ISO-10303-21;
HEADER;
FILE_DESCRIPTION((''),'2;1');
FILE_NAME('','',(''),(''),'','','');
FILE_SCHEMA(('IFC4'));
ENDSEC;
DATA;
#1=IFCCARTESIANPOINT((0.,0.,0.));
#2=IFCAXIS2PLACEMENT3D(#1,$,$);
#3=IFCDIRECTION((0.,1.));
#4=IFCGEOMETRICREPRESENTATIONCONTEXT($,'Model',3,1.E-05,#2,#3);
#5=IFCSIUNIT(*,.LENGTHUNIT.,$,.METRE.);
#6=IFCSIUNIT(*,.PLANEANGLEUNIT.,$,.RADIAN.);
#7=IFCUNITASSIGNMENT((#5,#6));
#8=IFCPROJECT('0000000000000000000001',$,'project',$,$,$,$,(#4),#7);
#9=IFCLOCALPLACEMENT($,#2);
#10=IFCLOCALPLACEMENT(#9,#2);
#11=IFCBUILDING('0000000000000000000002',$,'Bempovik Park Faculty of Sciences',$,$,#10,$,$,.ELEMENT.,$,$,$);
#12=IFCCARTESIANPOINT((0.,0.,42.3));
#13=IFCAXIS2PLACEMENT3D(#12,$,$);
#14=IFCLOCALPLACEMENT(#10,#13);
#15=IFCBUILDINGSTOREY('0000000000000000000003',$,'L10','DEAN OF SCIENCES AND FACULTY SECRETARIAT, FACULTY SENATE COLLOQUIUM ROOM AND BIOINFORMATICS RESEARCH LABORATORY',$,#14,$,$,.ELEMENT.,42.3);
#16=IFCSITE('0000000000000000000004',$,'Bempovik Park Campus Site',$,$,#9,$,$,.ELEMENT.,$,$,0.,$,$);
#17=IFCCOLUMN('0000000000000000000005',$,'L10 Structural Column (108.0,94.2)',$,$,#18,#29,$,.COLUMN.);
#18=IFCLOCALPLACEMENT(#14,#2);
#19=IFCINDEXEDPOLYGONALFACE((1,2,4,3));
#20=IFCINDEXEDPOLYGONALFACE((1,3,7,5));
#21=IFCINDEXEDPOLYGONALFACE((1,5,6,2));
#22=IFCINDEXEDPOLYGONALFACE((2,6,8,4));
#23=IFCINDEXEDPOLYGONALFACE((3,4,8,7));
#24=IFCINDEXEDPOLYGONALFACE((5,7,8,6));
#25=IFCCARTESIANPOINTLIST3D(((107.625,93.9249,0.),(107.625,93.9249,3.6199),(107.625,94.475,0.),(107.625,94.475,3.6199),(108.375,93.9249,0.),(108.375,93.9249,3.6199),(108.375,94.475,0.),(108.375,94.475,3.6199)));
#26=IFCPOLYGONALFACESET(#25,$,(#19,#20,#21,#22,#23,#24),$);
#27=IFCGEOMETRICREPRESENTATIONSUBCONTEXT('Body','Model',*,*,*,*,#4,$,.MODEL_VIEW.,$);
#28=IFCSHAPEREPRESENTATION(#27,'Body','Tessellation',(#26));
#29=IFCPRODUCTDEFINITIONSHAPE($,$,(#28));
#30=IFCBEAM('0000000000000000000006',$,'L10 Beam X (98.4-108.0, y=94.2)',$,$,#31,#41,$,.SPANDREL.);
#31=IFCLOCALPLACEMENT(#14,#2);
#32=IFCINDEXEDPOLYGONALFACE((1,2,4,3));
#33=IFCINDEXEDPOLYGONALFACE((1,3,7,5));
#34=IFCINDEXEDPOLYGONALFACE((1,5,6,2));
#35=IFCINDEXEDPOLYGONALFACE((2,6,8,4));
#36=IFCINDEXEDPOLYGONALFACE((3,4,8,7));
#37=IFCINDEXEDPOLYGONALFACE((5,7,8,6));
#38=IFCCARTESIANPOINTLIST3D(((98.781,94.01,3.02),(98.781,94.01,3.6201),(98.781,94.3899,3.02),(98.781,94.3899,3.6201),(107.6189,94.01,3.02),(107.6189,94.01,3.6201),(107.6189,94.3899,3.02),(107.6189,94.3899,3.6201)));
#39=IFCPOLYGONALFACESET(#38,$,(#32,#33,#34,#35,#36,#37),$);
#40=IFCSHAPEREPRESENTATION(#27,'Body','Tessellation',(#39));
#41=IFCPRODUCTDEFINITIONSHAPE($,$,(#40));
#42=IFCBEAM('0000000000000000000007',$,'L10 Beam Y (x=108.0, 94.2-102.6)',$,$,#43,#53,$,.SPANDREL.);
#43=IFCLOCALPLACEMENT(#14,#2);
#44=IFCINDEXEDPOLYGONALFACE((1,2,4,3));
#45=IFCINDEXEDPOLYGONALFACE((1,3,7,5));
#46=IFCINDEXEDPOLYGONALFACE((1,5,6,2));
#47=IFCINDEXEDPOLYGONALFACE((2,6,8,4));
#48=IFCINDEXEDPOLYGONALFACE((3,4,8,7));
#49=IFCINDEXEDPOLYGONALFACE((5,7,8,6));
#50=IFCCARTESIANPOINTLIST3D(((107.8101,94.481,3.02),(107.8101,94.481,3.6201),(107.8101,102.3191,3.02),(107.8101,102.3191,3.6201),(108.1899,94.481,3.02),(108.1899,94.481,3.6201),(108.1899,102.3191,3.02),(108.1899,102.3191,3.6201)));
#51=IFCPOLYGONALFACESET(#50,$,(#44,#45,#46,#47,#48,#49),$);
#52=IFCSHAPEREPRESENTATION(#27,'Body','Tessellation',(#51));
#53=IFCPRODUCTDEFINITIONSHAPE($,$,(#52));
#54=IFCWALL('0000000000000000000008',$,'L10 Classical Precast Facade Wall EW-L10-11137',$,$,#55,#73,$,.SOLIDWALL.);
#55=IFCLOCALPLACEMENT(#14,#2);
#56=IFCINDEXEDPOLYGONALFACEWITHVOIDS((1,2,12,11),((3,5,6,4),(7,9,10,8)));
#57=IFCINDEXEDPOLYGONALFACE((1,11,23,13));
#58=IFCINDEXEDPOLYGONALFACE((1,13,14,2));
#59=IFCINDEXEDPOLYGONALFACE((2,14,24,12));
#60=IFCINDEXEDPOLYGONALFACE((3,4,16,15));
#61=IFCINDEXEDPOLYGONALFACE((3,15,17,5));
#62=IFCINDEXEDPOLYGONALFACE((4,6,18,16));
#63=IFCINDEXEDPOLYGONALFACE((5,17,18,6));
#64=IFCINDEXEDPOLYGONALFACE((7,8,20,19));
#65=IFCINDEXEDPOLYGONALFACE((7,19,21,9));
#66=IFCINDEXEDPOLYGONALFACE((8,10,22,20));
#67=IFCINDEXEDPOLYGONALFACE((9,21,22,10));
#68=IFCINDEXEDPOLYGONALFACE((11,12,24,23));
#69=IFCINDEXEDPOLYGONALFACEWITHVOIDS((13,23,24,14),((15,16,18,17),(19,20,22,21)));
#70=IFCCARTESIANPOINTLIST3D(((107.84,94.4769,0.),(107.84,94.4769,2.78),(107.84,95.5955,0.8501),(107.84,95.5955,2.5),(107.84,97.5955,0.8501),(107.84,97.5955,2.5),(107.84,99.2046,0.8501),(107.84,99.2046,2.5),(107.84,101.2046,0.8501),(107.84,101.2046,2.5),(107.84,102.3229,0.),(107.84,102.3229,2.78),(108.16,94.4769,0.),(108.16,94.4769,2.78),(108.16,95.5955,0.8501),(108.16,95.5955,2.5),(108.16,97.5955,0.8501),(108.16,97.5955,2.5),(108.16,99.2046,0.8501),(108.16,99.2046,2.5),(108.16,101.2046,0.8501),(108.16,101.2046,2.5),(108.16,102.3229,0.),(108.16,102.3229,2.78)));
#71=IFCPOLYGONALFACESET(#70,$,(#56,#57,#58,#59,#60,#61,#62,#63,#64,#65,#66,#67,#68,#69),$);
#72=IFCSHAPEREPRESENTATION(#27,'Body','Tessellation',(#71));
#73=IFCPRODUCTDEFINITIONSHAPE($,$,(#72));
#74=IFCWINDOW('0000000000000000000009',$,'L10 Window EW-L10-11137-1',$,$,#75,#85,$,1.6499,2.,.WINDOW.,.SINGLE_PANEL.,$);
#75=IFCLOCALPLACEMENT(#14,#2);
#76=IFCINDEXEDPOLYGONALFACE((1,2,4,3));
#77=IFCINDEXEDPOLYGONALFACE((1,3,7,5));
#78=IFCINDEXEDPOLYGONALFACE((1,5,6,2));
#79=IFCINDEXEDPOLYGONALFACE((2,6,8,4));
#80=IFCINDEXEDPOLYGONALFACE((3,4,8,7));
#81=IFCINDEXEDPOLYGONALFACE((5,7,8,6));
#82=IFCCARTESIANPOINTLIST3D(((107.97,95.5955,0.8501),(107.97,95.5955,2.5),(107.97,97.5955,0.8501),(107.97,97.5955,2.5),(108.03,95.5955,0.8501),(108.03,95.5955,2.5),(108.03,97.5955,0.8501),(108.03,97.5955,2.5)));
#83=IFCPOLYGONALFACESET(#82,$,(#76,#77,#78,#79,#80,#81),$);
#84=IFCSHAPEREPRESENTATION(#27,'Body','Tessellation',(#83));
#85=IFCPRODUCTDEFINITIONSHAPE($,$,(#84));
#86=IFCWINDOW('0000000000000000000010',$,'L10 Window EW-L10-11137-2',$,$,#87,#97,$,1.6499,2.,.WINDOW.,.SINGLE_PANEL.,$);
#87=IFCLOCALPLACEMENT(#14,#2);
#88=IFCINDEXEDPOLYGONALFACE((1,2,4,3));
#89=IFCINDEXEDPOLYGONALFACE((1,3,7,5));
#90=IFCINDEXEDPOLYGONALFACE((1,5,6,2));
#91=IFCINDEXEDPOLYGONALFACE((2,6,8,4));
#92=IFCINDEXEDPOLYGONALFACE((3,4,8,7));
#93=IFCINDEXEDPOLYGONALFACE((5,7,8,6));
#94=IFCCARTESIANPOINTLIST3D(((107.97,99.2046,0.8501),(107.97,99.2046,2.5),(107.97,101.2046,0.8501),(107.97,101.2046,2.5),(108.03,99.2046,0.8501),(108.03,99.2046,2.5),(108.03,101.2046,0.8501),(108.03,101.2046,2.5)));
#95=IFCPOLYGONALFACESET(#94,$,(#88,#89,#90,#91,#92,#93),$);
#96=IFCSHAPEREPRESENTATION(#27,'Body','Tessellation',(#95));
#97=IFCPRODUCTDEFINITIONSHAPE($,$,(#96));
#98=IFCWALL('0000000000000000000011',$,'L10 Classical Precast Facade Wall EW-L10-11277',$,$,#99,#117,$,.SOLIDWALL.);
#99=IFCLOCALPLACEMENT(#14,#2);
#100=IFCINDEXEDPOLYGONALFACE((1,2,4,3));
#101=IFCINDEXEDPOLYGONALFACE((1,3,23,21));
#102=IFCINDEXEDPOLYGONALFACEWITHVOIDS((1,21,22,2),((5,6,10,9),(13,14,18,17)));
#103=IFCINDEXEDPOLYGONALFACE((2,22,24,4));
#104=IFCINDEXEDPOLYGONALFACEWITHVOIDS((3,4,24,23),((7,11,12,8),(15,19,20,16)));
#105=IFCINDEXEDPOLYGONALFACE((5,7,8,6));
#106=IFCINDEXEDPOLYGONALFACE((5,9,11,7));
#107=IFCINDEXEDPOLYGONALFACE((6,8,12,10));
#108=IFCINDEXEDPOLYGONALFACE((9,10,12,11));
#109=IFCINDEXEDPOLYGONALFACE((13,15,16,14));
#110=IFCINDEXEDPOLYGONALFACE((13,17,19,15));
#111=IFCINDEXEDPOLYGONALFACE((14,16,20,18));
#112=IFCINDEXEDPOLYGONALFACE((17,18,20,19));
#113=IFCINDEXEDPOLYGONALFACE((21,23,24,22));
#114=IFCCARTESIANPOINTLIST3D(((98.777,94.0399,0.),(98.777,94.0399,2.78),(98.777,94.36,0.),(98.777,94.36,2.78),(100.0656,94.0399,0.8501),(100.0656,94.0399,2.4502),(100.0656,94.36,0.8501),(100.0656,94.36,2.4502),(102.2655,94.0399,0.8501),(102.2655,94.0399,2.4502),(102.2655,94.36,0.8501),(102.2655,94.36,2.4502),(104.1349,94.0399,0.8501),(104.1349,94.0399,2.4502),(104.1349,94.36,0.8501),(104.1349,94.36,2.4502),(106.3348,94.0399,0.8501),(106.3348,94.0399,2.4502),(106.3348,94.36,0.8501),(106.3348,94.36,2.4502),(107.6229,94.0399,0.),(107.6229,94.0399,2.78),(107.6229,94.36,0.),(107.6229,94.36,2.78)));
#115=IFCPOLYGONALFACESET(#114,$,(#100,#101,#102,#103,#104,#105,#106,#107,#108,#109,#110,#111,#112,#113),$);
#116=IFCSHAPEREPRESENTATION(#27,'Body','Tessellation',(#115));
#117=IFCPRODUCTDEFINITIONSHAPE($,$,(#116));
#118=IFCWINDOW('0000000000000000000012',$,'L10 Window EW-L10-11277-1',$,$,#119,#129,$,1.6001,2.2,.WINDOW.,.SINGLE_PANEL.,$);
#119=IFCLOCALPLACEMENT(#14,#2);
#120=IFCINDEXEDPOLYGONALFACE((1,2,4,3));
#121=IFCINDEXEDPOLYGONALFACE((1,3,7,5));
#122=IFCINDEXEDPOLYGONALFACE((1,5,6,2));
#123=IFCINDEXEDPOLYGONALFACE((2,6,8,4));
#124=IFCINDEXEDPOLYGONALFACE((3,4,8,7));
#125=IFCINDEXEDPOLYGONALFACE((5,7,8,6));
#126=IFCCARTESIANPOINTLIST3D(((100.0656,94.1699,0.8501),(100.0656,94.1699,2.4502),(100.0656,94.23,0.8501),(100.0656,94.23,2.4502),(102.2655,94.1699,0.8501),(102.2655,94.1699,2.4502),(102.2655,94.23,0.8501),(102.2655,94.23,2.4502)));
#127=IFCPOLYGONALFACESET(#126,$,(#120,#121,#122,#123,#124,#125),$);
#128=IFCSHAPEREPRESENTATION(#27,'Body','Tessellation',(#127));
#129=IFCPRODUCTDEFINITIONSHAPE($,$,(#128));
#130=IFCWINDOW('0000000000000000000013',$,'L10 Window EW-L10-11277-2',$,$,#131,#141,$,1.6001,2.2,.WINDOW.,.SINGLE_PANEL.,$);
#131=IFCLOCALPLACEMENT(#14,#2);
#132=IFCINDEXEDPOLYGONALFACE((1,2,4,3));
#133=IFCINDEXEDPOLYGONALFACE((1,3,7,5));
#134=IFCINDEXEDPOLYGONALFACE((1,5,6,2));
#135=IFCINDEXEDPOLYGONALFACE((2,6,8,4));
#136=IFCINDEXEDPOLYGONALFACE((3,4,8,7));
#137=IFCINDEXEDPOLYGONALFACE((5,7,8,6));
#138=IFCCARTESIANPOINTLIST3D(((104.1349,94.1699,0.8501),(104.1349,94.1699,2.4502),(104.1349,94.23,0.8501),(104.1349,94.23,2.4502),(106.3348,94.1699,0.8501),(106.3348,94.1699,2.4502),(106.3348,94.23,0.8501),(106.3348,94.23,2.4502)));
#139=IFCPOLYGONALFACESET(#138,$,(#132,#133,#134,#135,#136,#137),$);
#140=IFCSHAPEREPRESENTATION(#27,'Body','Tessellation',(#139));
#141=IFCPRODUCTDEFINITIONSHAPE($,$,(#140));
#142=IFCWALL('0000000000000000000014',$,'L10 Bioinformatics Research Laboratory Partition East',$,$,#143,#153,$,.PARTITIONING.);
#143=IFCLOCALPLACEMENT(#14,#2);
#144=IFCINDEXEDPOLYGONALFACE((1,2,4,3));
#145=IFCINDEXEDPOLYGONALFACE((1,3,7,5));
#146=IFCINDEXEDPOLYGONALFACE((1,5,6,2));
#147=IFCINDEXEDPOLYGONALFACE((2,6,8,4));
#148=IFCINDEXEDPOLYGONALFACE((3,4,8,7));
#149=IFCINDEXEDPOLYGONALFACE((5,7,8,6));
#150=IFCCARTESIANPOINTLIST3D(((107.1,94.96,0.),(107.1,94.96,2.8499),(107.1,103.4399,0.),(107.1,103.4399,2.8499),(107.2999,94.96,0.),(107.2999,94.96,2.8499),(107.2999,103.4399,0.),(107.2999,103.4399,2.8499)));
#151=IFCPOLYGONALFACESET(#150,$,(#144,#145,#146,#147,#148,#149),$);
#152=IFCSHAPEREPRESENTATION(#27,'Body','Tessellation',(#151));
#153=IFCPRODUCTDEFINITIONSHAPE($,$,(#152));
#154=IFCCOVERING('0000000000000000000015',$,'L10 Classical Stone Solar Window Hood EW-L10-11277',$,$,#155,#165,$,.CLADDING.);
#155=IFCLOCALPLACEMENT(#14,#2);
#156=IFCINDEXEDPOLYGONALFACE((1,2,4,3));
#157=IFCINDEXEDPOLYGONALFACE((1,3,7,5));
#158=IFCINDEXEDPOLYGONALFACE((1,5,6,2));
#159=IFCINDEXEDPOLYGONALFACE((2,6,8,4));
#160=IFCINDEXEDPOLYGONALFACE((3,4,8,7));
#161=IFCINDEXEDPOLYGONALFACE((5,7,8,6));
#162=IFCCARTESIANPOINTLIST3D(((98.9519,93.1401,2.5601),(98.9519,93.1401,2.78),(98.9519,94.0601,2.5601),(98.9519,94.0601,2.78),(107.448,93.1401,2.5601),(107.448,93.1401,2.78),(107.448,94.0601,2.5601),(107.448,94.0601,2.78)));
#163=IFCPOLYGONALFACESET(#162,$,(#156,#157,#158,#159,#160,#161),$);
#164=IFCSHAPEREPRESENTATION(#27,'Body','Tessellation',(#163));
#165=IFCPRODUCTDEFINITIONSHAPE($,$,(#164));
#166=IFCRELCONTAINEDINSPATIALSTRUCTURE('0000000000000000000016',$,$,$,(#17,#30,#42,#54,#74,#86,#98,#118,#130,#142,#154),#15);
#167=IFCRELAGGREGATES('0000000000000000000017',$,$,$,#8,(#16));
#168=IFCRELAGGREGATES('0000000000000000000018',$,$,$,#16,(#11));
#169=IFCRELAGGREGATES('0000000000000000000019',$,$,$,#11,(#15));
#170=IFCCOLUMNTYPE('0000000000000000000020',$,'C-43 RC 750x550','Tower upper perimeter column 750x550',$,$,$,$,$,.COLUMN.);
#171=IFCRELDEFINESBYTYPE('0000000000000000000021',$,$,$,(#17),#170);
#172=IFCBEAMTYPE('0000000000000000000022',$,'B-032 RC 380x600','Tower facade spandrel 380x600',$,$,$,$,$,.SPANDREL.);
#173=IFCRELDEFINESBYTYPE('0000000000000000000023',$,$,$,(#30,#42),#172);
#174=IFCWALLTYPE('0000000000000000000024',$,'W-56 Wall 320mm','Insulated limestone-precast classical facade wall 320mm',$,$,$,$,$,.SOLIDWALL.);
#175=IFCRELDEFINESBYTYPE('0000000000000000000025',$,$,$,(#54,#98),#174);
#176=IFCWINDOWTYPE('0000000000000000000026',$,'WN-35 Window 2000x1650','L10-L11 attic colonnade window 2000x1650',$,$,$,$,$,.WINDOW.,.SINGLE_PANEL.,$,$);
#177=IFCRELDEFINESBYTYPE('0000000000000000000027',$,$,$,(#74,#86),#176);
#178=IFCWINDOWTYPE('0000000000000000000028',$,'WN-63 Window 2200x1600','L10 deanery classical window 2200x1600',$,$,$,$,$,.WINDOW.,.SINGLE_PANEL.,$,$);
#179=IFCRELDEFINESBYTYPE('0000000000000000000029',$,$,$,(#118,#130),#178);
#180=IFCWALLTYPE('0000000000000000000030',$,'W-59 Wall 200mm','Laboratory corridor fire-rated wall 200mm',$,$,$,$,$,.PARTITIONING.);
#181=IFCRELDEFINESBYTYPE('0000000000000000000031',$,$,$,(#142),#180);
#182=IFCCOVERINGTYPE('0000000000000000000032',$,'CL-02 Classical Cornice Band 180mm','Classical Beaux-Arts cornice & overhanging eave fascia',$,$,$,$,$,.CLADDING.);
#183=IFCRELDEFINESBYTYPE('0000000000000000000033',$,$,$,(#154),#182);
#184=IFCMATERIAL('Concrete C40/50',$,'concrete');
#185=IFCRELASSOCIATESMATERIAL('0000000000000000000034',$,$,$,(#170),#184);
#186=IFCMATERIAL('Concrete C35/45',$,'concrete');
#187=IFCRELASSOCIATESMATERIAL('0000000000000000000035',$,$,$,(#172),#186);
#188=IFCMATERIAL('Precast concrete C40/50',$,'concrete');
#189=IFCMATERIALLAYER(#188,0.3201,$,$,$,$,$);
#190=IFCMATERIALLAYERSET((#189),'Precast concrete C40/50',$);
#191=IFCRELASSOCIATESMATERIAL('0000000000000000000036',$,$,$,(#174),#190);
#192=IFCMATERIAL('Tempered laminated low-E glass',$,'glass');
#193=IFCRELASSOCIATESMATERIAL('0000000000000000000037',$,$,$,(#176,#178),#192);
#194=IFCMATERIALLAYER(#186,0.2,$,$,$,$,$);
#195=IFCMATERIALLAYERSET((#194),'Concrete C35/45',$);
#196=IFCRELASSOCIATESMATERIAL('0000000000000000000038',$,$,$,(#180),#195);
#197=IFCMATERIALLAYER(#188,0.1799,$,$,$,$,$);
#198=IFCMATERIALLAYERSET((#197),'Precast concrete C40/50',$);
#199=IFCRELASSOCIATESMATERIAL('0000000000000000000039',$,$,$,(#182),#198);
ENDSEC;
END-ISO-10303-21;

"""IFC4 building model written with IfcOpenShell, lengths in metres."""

from ifc_helpers import new_model, si_unit, direction, frame, frame_2d, origin, origin_2d, place, context, subcontext, project, spatial, rectangle, extrude, material, layer, layer_set, material_profile, profile_set, type_object, element, fill, save


model = new_model("IFC4")

# Units and contexts
model_context = context("Model", 3, precision=1e-05, world=origin(), true_north=direction((0.0, 1.0)))
body_context = subcontext(model_context, "Body", "Model", "MODEL_VIEW")
ifc_project = project(units=[si_unit("LENGTHUNIT", "METRE"), si_unit("PLANEANGLEUNIT", "RADIAN")], contexts=[model_context])

# Site, building, storey
site_placement = place(None, origin())
site = spatial("IfcSite", under=ifc_project, at=site_placement, Name="Bempovik Park Campus Site", CompositionType="ELEMENT", RefElevation=0.0)
building_placement = place(site_placement, origin())
building = spatial("IfcBuilding", under=site, at=building_placement, Name="Bempovik Park Faculty of Sciences", CompositionType="ELEMENT")
storey_placement = place(building_placement, frame((0.0, 0.0, 42.3)))
storey = spatial("IfcBuildingStorey", under=building, at=storey_placement, Name="L10", Description="DEAN OF SCIENCES AND FACULTY SECRETARIAT, FACULTY SENATE COLLOQUIUM ROOM AND BIOINFORMATICS RESEARCH LABORATORY", CompositionType="ELEMENT", Elevation=42.3)

# Column
ifc_material_1 = material(Name="Concrete C40/50", Category="concrete")
ifc_material_profile_1 = material_profile(ifc_material_1, rectangle(XDim=0.75, YDim=0.55, at=origin_2d()), Name="RC 750x550")
ifc_profile_set_1 = profile_set([ifc_material_profile_1], Name="Concrete C40/50")
column_type = type_object("IfcColumnType", Name="C-43 RC 750x550", Description="Tower upper perimeter column 750x550", PredefinedType="COLUMN", material=ifc_profile_set_1)
column_placement = place(storey_placement, frame((108.0, 94.2, 0.0), z_axis=(0.0, 0.0, 1.0), x_axis=(1.0, 0.0, 0.0)))
element("IfcColumn", 1, at=column_placement, inside=storey, type_object=column_type, Name="L10 Structural Column (108.0,94.2)", PredefinedType="COLUMN", context=body_context, shape_type="SweptSolid", body=[
    extrude(rectangle(XDim=0.75, YDim=0.55, at=origin_2d()), origin(), (0.0, 0.0, 1.0), 3.6199),
])

# Beams
ifc_material_2 = material(Name="Concrete C35/45", Category="concrete")
ifc_material_profile_2 = material_profile(ifc_material_2, rectangle(XDim=0.3799, YDim=0.6001, at=origin_2d()), Name="RC 380x600")
ifc_profile_set_2 = profile_set([ifc_material_profile_2], Name="Concrete C35/45")
beam_type = type_object("IfcBeamType", Name="B-032 RC 380x600", Description="Tower facade spandrel 380x600", PredefinedType="SPANDREL", material=ifc_profile_set_2)
beam_1_placement = place(storey_placement, frame((98.781, 94.2, 3.3201), z_axis=(1.0, 0.0, 0.0), x_axis=(0.0, 1.0, 0.0)))
element("IfcBeam", 2, at=beam_1_placement, inside=storey, type_object=beam_type, Name="L10 Beam X (98.4-108.0, y=94.2)", PredefinedType="SPANDREL", context=body_context, shape_type="SweptSolid", body=[
    extrude(rectangle(XDim=0.3799, YDim=0.6001, at=origin_2d()), origin(), (0.0, 0.0, 1.0), 8.8379),
])
beam_2_placement = place(storey_placement, frame((108.0, 94.481, 3.3201), z_axis=(0.0, 1.0, 0.0), x_axis=(-1.0, 0.0, 0.0)))
element("IfcBeam", 3, at=beam_2_placement, inside=storey, type_object=beam_type, Name="L10 Beam Y (x=108.0, 94.2-102.6)", PredefinedType="SPANDREL", context=body_context, shape_type="SweptSolid", body=[
    extrude(rectangle(XDim=0.3799, YDim=0.6001, at=origin_2d()), origin(), (0.0, 0.0, 1.0), 7.8381),
])

# Walls, openings, windows
ifc_material_3 = material(Name="Precast concrete C40/50", Category="concrete")
ifc_layer_1 = layer(ifc_material_3, 0.3201)
ifc_layer_set_1 = layer_set([ifc_layer_1], Name="Precast concrete C40/50")
wall_type_1 = type_object("IfcWallType", Name="W-56 Wall 320mm", Description="Insulated limestone-precast classical facade wall 320mm", PredefinedType="SOLIDWALL", material=ifc_layer_set_1)
wall_1_placement = place(storey_placement, frame((108.0, 94.4771, 0.0), z_axis=(0.0, 0.0, 1.0), x_axis=(0.0, 1.0, 0.0)))
wall_1 = element("IfcWall", 4, at=wall_1_placement, inside=storey, type_object=wall_type_1, Name="L10 Classical Precast Facade Wall EW-L10-11137", PredefinedType="SOLIDWALL", context=body_context, shape_type="SweptSolid", body=[
    extrude(rectangle(XDim=7.8459, YDim=0.3201, at=frame_2d((3.9229, 0.0))), origin(), (0.0, 0.0, 1.0), 2.78),
])
opening_1_placement = place(wall_1_placement, frame((1.1184, 0.0, 0.8501)))
opening_1 = element("IfcOpeningElement", 5, at=opening_1_placement, cuts=wall_1, PredefinedType="OPENING", context=body_context, shape_type="SweptSolid", body=[
    extrude(rectangle(XDim=2.0, YDim=1.6499, at=frame_2d((1.0, 0.825))), frame((0.0, 0.1699, 0.0), z_axis=(0.0, -1.0, 0.0), x_axis=(1.0, 0.0, 0.0)), (0.0, 0.0, 1.0), 0.3401),
])
opening_2_placement = place(wall_1_placement, frame((4.7275, 0.0, 0.8501)))
opening_2 = element("IfcOpeningElement", 6, at=opening_2_placement, cuts=wall_1, PredefinedType="OPENING", context=body_context, shape_type="SweptSolid", body=[
    extrude(rectangle(XDim=2.0, YDim=1.6499, at=frame_2d((1.0, 0.825))), frame((0.0, 0.1699, 0.0), z_axis=(0.0, -1.0, 0.0), x_axis=(1.0, 0.0, 0.0)), (0.0, 0.0, 1.0), 0.3401),
])
ifc_material_4 = material(Name="Tempered laminated low-E glass", Category="glass")
window_type_1 = type_object("IfcWindowType", Name="WN-35 Window 2000x1650", Description="L10-L11 attic colonnade window 2000x1650", PartitioningType="SINGLE_PANEL", PredefinedType="WINDOW", material=ifc_material_4)
window_1_placement = place(opening_1_placement, origin())
window_1 = element("IfcWindow", 7, at=window_1_placement, inside=storey, type_object=window_type_1, Name="L10 Window EW-L10-11137-1", OverallHeight=1.6499, OverallWidth=2.0, PartitioningType="SINGLE_PANEL", PredefinedType="WINDOW", context=body_context, shape_type="SweptSolid", body=[
    extrude(rectangle(XDim=2.0, YDim=1.6499, at=frame_2d((1.0, 0.825))), frame((0.0, 0.03, 0.0), z_axis=(0.0, -1.0, 0.0), x_axis=(1.0, 0.0, 0.0)), (0.0, 0.0, 1.0), 0.0601),
])
fill(opening_1, window_1)
window_2_placement = place(opening_2_placement, origin())
window_2 = element("IfcWindow", 8, at=window_2_placement, inside=storey, type_object=window_type_1, Name="L10 Window EW-L10-11137-2", OverallHeight=1.6499, OverallWidth=2.0, PartitioningType="SINGLE_PANEL", PredefinedType="WINDOW", context=body_context, shape_type="SweptSolid", body=[
    extrude(rectangle(XDim=2.0, YDim=1.6499, at=frame_2d((1.0, 0.825))), frame((0.0, 0.03, 0.0), z_axis=(0.0, -1.0, 0.0), x_axis=(1.0, 0.0, 0.0)), (0.0, 0.0, 1.0), 0.0601),
])
fill(opening_2, window_2)
wall_2_placement = place(storey_placement, frame((98.7771, 94.2, 0.0), z_axis=(0.0, 0.0, 1.0), x_axis=(1.0, 0.0, 0.0)))
wall_2 = element("IfcWall", 9, at=wall_2_placement, inside=storey, type_object=wall_type_1, Name="L10 Classical Precast Facade Wall EW-L10-11277", PredefinedType="SOLIDWALL", context=body_context, shape_type="SweptSolid", body=[
    extrude(rectangle(XDim=8.8459, YDim=0.3201, at=frame_2d((4.4229, 0.0))), origin(), (0.0, 0.0, 1.0), 2.78),
])
opening_3_placement = place(wall_2_placement, frame((1.2883, 0.0, 0.8501)))
opening_3 = element("IfcOpeningElement", 10, at=opening_3_placement, cuts=wall_2, PredefinedType="OPENING", context=body_context, shape_type="SweptSolid", body=[
    extrude(rectangle(XDim=2.2, YDim=1.6001, at=frame_2d((1.1001, 0.8))), frame((0.0, 0.1699, 0.0), z_axis=(0.0, -1.0, 0.0), x_axis=(1.0, 0.0, 0.0)), (0.0, 0.0, 1.0), 0.3401),
])
opening_4_placement = place(wall_2_placement, frame((5.3577, 0.0, 0.8501)))
opening_4 = element("IfcOpeningElement", 11, at=opening_4_placement, cuts=wall_2, PredefinedType="OPENING", context=body_context, shape_type="SweptSolid", body=[
    extrude(rectangle(XDim=2.2, YDim=1.6001, at=frame_2d((1.1001, 0.8))), frame((0.0, 0.1699, 0.0), z_axis=(0.0, -1.0, 0.0), x_axis=(1.0, 0.0, 0.0)), (0.0, 0.0, 1.0), 0.3401),
])
window_type_2 = type_object("IfcWindowType", Name="WN-63 Window 2200x1600", Description="L10 deanery classical window 2200x1600", PartitioningType="SINGLE_PANEL", PredefinedType="WINDOW", material=ifc_material_4)
window_3_placement = place(opening_3_placement, origin())
window_3 = element("IfcWindow", 12, at=window_3_placement, inside=storey, type_object=window_type_2, Name="L10 Window EW-L10-11277-1", OverallHeight=1.6001, OverallWidth=2.2, PartitioningType="SINGLE_PANEL", PredefinedType="WINDOW", context=body_context, shape_type="SweptSolid", body=[
    extrude(rectangle(XDim=2.2, YDim=1.6001, at=frame_2d((1.1001, 0.8))), frame((0.0, 0.03, 0.0), z_axis=(0.0, -1.0, 0.0), x_axis=(1.0, 0.0, 0.0)), (0.0, 0.0, 1.0), 0.0601),
])
fill(opening_3, window_3)
window_4_placement = place(opening_4_placement, origin())
window_4 = element("IfcWindow", 13, at=window_4_placement, inside=storey, type_object=window_type_2, Name="L10 Window EW-L10-11277-2", OverallHeight=1.6001, OverallWidth=2.2, PartitioningType="SINGLE_PANEL", PredefinedType="WINDOW", context=body_context, shape_type="SweptSolid", body=[
    extrude(rectangle(XDim=2.2, YDim=1.6001, at=frame_2d((1.1001, 0.8))), frame((0.0, 0.03, 0.0), z_axis=(0.0, -1.0, 0.0), x_axis=(1.0, 0.0, 0.0)), (0.0, 0.0, 1.0), 0.0601),
])
fill(opening_4, window_4)

# Wall
ifc_layer_2 = layer(ifc_material_2, 0.2)
ifc_layer_set_2 = layer_set([ifc_layer_2], Name="Concrete C35/45")
wall_type_2 = type_object("IfcWallType", Name="W-59 Wall 200mm", Description="Laboratory corridor fire-rated wall 200mm", PredefinedType="PARTITIONING", material=ifc_layer_set_2)
wall_3_placement = place(storey_placement, frame((107.2, 94.96, 0.0), z_axis=(0.0, 0.0, 1.0), x_axis=(0.0, 1.0, 0.0)))
element("IfcWall", 14, at=wall_3_placement, inside=storey, type_object=wall_type_2, Name="L10 Bioinformatics Research Laboratory Partition East", PredefinedType="PARTITIONING", context=body_context, shape_type="SweptSolid", body=[
    extrude(rectangle(XDim=8.48, YDim=0.2, at=frame_2d((4.24, 0.0))), origin(), (0.0, 0.0, 1.0), 2.8499),
])

# Covering
ifc_layer_3 = layer(ifc_material_3, 0.1799)
ifc_layer_set_3 = layer_set([ifc_layer_3], Name="Precast concrete C40/50")
covering_type_1 = type_object("IfcCoveringType", Name="CL-02 Classical Cornice Band 180mm", Description="Classical Beaux-Arts cornice & overhanging eave fascia", PredefinedType="CLADDING", material=ifc_layer_set_3)
covering_1_placement = place(storey_placement, frame((103.2, 93.6001, 2.5601), z_axis=(0.0, 0.0, 1.0), x_axis=(1.0, 0.0, 0.0)))
element("IfcCovering", 15, at=covering_1_placement, inside=storey, type_object=covering_type_1, Name="L10 Classical Stone Solar Window Hood EW-L10-11277", PredefinedType="CLADDING", context=body_context, shape_type="SweptSolid", body=[
    extrude(rectangle(XDim=8.4961, YDim=0.9199, at=origin_2d()), origin(), (0.0, 0.0, 1.0), 0.22),
])

save(model, "model.ifc")
